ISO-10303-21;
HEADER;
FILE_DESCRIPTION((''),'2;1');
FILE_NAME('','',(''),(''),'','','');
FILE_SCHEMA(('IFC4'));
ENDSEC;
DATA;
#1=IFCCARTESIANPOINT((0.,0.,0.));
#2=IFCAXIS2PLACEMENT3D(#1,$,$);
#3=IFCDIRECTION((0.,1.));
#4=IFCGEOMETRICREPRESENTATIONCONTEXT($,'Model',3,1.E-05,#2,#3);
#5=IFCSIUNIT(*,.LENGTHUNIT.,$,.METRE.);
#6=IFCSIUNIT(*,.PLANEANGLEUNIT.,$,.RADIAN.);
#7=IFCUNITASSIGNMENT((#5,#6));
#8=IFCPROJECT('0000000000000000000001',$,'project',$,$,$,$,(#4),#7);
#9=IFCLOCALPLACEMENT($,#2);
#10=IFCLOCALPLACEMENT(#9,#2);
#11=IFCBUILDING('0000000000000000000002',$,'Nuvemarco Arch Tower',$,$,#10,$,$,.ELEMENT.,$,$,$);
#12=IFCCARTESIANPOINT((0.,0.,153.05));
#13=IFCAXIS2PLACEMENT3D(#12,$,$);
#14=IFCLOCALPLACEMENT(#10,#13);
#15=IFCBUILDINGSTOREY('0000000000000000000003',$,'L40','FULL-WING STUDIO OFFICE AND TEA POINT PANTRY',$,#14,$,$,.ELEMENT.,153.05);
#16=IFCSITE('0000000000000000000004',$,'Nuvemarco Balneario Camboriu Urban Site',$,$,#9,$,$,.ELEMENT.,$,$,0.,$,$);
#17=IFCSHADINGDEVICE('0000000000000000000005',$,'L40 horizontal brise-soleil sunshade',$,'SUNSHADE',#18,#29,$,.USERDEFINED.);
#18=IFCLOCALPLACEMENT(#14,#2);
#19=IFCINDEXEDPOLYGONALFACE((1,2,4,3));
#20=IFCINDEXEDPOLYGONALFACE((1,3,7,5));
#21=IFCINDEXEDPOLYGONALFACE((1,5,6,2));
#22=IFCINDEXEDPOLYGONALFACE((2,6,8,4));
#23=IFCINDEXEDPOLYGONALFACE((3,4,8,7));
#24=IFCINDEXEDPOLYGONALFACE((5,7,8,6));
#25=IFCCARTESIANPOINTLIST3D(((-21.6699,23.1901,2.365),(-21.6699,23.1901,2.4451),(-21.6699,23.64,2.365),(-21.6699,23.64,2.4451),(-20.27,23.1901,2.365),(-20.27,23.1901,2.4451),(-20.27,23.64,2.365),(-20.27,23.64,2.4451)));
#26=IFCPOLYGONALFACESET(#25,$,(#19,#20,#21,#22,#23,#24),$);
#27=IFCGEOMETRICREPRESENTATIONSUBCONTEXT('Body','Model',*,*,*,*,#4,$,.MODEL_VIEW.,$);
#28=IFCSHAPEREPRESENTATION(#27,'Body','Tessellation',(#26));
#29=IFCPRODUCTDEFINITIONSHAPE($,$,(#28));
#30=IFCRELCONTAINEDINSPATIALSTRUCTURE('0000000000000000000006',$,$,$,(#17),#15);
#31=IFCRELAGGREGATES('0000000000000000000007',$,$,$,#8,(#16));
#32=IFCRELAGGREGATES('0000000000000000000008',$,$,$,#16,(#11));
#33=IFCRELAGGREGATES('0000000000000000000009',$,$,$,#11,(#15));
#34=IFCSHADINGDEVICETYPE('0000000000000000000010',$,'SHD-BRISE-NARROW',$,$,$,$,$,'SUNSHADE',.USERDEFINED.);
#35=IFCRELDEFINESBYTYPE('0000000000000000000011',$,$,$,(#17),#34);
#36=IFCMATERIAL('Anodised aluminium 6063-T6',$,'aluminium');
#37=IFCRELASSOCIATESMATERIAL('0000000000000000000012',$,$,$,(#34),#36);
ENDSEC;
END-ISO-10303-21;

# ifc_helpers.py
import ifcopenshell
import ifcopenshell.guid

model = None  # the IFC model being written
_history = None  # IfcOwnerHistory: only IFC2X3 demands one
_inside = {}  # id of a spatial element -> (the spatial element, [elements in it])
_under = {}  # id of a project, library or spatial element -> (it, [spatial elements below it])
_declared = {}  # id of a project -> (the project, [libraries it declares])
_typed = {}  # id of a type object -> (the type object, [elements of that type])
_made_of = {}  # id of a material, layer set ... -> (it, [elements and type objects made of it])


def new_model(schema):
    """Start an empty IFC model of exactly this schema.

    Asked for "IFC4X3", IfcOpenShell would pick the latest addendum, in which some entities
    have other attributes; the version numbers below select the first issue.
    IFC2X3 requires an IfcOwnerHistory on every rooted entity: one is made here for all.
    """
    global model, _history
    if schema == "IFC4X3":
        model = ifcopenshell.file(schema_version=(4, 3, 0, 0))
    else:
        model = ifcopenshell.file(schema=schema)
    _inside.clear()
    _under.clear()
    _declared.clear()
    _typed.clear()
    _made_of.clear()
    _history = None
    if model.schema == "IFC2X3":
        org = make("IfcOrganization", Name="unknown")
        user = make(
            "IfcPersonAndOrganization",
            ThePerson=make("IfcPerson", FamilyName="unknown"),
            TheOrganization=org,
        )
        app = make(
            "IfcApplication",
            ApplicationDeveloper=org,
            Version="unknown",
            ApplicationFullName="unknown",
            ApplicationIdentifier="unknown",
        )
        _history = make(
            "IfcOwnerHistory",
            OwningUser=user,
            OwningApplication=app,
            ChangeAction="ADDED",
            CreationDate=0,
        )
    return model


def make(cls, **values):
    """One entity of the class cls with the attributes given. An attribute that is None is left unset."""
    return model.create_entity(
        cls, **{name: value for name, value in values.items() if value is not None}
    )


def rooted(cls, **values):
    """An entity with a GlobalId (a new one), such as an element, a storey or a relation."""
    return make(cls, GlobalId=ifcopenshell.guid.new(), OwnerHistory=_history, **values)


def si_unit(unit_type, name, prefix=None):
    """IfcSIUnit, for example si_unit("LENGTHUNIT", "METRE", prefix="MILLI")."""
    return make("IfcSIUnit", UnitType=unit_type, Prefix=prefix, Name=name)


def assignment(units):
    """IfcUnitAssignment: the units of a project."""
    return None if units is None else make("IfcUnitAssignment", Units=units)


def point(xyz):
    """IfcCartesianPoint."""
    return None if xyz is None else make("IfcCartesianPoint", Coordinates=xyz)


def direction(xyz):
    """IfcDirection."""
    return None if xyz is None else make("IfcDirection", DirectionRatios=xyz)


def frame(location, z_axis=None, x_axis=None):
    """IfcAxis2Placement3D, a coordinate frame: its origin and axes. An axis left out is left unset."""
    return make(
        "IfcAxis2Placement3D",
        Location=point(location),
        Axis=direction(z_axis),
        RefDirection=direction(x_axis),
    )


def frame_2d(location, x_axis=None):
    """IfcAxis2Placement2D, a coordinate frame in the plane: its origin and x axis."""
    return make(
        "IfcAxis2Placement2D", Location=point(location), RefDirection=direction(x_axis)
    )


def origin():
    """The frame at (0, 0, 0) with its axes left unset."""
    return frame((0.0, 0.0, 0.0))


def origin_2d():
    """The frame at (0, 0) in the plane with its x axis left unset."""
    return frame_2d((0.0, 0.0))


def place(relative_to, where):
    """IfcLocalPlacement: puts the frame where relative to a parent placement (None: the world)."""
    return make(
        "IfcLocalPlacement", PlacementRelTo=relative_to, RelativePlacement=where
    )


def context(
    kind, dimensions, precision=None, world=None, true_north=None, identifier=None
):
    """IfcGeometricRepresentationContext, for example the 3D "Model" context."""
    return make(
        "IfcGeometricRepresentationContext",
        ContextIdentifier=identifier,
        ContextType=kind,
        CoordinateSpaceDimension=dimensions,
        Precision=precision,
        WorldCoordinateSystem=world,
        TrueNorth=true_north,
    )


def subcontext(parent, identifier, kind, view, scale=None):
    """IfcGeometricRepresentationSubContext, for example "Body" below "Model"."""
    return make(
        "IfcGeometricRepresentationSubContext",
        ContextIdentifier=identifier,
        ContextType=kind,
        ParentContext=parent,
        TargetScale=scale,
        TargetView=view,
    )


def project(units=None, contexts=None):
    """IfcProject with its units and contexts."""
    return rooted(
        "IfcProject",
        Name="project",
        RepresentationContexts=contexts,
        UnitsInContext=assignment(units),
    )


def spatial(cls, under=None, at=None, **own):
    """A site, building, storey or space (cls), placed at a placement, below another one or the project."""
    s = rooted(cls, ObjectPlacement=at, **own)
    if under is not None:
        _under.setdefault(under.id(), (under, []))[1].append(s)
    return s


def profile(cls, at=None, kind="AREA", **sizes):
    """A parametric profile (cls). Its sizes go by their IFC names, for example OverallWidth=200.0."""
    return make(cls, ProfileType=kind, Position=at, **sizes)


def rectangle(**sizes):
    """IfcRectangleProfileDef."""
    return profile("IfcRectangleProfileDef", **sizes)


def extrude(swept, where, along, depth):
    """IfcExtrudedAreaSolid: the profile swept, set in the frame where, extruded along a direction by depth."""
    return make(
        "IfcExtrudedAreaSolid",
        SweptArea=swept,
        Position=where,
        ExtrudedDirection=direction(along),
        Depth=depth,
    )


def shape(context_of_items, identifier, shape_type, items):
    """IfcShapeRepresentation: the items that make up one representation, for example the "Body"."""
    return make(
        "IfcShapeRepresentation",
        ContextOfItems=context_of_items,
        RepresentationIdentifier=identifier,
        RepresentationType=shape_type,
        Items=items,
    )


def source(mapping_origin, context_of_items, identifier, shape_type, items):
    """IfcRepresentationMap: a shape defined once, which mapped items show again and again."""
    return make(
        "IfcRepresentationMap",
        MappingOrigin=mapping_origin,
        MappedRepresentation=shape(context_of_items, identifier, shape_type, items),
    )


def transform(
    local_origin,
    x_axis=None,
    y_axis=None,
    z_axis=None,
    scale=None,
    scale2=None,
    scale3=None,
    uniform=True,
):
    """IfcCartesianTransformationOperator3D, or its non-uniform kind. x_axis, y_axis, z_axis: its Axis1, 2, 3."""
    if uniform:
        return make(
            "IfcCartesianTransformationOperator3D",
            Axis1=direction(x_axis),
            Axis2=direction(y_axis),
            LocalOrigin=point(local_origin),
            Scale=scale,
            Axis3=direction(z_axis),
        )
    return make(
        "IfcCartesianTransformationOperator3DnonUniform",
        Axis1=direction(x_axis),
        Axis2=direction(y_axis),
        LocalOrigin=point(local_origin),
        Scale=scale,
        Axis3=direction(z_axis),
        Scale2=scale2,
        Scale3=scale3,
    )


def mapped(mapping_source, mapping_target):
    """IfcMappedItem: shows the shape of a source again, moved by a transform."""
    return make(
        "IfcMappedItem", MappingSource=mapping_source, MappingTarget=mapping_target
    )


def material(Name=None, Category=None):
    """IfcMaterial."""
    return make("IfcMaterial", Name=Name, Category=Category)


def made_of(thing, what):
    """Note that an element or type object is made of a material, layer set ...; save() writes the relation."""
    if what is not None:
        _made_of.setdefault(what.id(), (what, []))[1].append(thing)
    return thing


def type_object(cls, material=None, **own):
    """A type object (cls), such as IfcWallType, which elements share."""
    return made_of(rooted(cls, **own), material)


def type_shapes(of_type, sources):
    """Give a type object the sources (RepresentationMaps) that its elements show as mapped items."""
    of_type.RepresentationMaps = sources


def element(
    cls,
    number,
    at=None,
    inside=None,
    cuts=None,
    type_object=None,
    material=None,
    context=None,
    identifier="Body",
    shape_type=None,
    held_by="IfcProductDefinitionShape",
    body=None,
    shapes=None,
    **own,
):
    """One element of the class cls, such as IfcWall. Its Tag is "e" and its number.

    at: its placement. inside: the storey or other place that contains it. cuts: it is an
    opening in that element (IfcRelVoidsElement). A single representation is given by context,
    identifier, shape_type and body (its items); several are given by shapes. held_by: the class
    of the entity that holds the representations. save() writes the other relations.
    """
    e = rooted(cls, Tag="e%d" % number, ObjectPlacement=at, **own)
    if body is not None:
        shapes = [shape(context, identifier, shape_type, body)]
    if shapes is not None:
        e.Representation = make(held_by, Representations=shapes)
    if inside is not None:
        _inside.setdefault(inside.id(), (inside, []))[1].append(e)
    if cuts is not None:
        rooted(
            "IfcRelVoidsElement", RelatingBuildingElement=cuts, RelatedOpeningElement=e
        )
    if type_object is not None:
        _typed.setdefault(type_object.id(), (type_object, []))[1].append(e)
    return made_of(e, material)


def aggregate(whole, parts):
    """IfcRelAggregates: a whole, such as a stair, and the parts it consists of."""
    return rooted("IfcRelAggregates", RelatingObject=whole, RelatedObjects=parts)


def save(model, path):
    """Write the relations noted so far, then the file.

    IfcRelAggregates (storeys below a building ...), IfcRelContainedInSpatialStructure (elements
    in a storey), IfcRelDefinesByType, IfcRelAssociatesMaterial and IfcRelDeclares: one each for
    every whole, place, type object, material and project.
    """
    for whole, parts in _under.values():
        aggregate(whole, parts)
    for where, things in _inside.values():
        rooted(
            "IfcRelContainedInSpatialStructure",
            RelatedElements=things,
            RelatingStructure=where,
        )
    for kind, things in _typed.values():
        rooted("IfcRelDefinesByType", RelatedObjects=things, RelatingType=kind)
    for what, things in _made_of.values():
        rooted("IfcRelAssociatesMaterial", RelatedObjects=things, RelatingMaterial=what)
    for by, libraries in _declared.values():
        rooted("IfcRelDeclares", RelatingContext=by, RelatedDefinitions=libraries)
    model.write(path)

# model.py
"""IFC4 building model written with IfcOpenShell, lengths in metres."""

from ifc_helpers import new_model, si_unit, direction, frame, origin, origin_2d, place, context, subcontext, project, spatial, rectangle, extrude, source, transform, mapped, material, type_object, type_shapes, element, save


model = new_model("IFC4")

# Units and contexts
model_context = context("Model", 3, precision=1e-05, world=origin(), true_north=direction((0.0, 1.0)))
body_context = subcontext(model_context, "Body", "Model", "MODEL_VIEW")
ifc_project = project(units=[si_unit("LENGTHUNIT", "METRE"), si_unit("PLANEANGLEUNIT", "RADIAN")], contexts=[model_context])

# Site, building, storey
site_placement = place(None, origin())
site = spatial("IfcSite", under=ifc_project, at=site_placement, Name="Nuvemarco Balneario Camboriu Urban Site", CompositionType="ELEMENT", RefElevation=0.0)
building_placement = place(site_placement, origin())
building = spatial("IfcBuilding", under=site, at=building_placement, Name="Nuvemarco Arch Tower", CompositionType="ELEMENT")
storey_placement = place(building_placement, frame((0.0, 0.0, 153.05)))
storey = spatial("IfcBuildingStorey", under=building, at=storey_placement, Name="L40", Description="FULL-WING STUDIO OFFICE AND TEA POINT PANTRY", CompositionType="ELEMENT", Elevation=153.05)

# Shading device
ifc_material_1 = material(Name="Anodised aluminium 6063-T6", Category="aluminium")
shading_device_type = type_object("IfcShadingDeviceType", Name="SHD-BRISE-NARROW", ElementType="SUNSHADE", PredefinedType="USERDEFINED", material=ifc_material_1)
shared_shape_1 = source(origin(), body_context, "Body", "SweptSolid", [
    extrude(rectangle(XDim=1.3999, YDim=0.45, at=origin_2d()), origin(), (0.0, 0.0, 1.0), 0.0801),
])
type_shapes(shading_device_type, [shared_shape_1])
shading_device_placement = place(storey_placement, frame((-20.97, 23.415, 2.365), z_axis=(0.0, 0.0, 1.0), x_axis=(1.0, 0.0, 0.0)))
element("IfcShadingDevice", 1, at=shading_device_placement, inside=storey, type_object=shading_device_type, Name="L40 horizontal brise-soleil sunshade", ObjectType="SUNSHADE", PredefinedType="USERDEFINED", context=body_context, shape_type="MappedRepresentation", body=[
    mapped(shared_shape_1, transform((0.0, 0.0, 0.0), scale=1.0)),
])

save(model, "model.ifc")
